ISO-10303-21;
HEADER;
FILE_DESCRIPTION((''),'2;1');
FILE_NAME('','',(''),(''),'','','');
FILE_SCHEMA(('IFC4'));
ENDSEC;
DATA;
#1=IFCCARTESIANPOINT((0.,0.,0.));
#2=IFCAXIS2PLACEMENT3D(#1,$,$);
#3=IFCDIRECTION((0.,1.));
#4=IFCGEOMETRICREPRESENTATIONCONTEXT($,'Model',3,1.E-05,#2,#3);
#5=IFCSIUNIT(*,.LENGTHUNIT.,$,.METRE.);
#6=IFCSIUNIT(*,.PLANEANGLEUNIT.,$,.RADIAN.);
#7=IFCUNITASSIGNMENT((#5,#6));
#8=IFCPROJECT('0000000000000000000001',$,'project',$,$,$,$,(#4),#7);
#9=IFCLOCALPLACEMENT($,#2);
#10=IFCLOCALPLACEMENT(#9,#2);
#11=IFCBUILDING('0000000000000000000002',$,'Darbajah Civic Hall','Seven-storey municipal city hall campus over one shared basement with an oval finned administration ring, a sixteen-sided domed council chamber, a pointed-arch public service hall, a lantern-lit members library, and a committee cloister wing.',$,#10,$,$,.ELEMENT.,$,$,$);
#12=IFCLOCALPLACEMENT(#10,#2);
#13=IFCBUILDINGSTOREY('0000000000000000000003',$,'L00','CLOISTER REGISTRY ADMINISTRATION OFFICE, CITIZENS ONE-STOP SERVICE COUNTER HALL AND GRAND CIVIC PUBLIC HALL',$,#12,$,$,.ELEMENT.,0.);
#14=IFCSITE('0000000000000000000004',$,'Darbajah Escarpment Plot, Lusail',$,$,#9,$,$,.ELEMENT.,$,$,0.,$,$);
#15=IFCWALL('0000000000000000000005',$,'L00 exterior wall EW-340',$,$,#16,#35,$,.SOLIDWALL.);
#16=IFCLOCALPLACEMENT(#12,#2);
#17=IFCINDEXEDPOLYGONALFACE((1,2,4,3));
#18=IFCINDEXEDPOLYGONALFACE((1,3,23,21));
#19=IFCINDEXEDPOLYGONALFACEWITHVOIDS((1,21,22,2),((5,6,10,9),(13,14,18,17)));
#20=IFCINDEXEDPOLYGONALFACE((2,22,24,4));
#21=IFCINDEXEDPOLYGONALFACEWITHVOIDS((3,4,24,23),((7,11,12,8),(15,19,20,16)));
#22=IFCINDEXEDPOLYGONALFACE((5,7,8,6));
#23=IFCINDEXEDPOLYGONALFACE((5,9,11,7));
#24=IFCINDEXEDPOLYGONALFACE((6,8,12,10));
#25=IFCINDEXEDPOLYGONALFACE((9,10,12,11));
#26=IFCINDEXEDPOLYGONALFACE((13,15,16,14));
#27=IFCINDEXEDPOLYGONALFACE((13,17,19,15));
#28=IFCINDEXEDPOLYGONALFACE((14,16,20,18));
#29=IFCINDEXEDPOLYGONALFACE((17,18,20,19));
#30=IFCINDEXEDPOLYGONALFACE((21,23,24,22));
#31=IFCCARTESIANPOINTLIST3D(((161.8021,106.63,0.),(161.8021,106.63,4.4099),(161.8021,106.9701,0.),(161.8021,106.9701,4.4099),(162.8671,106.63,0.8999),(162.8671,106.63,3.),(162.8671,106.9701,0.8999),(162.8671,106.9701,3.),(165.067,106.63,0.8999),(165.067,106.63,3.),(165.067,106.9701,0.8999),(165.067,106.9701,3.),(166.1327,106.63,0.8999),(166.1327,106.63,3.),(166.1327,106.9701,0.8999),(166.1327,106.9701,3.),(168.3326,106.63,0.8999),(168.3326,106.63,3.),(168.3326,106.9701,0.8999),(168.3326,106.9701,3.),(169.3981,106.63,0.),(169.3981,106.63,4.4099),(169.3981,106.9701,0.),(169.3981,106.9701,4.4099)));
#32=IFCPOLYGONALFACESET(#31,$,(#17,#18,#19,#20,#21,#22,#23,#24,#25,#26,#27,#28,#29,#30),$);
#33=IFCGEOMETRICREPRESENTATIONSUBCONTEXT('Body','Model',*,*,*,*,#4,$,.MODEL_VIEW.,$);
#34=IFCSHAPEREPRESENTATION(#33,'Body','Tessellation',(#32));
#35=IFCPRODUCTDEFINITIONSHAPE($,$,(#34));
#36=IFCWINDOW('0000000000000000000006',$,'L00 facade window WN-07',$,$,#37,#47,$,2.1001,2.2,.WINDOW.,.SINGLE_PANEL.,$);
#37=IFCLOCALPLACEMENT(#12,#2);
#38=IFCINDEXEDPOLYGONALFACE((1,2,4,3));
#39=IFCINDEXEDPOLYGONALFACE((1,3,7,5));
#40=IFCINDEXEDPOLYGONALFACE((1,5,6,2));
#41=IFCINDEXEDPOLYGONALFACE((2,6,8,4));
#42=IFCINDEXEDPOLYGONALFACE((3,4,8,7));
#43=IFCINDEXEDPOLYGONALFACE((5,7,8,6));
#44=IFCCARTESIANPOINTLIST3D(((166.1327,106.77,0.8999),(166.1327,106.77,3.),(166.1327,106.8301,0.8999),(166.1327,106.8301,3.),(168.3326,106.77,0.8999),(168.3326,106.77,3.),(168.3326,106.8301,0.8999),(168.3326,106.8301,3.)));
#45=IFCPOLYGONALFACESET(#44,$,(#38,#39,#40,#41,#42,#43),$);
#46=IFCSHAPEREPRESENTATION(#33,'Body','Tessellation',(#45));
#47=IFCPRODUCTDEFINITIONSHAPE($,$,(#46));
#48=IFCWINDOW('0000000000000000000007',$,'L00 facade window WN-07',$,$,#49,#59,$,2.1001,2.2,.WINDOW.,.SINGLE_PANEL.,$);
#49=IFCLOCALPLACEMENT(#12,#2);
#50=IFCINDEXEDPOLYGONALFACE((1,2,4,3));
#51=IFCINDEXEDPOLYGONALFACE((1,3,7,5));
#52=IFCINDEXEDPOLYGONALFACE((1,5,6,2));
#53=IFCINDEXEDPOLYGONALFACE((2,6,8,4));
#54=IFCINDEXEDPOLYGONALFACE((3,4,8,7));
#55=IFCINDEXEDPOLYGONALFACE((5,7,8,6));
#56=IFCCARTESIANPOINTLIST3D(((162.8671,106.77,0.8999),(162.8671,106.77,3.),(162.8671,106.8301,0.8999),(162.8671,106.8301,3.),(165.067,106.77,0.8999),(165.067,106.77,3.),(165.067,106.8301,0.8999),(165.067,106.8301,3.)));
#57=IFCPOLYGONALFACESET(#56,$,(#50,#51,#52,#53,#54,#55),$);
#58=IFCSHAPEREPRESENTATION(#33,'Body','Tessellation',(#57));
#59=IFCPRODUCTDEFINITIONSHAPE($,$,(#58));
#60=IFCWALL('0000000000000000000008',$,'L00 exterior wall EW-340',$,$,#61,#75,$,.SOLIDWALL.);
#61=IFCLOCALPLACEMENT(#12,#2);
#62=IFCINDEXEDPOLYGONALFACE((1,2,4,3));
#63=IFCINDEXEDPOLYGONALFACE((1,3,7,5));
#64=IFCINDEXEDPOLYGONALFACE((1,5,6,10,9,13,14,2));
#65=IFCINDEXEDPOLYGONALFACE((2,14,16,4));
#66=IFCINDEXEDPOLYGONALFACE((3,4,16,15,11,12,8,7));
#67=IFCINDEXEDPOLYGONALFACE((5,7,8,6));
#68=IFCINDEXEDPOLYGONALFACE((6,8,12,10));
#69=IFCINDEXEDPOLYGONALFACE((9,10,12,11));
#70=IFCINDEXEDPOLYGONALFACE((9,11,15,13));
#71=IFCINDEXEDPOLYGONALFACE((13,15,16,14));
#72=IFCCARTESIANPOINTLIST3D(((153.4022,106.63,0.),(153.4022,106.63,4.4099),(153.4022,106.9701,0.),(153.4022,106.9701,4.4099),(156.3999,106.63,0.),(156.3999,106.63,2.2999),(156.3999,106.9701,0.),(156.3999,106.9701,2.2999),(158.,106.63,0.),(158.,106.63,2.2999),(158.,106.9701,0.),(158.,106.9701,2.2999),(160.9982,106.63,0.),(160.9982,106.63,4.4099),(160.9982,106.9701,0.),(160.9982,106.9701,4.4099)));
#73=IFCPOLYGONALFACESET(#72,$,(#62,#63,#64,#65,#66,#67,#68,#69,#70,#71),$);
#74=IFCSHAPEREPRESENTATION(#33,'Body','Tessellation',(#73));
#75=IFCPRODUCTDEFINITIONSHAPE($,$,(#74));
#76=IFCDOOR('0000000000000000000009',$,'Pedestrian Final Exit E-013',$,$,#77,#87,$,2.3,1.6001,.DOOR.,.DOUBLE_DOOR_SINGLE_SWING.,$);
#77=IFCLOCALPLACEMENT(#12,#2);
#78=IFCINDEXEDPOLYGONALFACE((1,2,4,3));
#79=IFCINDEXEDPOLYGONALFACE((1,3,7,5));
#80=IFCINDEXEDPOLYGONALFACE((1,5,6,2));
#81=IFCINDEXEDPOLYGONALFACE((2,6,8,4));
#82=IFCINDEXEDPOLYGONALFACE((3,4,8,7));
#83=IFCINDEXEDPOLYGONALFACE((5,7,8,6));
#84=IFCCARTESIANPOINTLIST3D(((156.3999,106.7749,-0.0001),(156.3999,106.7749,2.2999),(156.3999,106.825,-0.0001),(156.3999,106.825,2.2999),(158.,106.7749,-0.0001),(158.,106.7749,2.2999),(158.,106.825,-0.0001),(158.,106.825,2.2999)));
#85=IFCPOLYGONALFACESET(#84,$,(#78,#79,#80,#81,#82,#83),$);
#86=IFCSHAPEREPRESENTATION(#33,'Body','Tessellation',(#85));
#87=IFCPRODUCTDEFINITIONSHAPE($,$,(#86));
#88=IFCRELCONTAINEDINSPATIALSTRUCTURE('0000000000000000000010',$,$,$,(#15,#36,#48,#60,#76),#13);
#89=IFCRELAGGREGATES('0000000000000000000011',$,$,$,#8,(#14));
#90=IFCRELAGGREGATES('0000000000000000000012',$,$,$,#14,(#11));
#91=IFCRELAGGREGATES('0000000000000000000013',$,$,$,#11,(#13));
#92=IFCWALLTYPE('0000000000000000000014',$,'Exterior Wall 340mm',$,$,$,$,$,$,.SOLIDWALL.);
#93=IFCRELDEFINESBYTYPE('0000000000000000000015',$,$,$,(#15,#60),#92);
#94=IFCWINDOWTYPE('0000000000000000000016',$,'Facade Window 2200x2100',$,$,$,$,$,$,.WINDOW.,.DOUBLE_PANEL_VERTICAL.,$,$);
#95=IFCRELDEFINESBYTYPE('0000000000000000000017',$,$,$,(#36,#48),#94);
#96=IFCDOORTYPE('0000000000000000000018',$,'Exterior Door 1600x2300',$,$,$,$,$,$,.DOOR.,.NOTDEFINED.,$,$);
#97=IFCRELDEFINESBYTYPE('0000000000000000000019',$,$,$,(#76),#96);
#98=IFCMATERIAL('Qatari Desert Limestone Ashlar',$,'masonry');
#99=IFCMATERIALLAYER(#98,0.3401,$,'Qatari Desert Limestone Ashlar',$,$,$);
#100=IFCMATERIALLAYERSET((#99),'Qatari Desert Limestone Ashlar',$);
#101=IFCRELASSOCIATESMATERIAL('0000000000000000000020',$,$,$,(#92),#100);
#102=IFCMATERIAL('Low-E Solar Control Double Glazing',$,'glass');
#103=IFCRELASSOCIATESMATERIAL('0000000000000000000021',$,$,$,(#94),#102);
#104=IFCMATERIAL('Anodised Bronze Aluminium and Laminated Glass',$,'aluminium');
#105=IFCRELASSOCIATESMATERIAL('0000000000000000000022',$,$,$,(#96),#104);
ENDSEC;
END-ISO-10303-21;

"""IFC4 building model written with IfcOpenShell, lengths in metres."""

from ifc_helpers import new_model, si_unit, direction, frame, frame_2d, origin, place, context, subcontext, project, spatial, rectangle, extrude, material, layer, layer_set, type_object, element, fill, save


model = new_model("IFC4")

# Units and contexts
model_context = context("Model", 3, precision=1e-05, world=origin(), true_north=direction((0.0, 1.0)))
body_context = subcontext(model_context, "Body", "Model", "MODEL_VIEW")
ifc_project = project(units=[si_unit("LENGTHUNIT", "METRE"), si_unit("PLANEANGLEUNIT", "RADIAN")], contexts=[model_context])

# Site, building, storey
site_placement = place(None, origin())
site = spatial("IfcSite", under=ifc_project, at=site_placement, Name="Darbajah Escarpment Plot, Lusail", CompositionType="ELEMENT", RefElevation=0.0)
building_placement = place(site_placement, origin())
building = spatial("IfcBuilding", under=site, at=building_placement, Name="Darbajah Civic Hall", Description="Seven-storey municipal city hall campus over one shared basement with an oval finned administration ring, a sixteen-sided domed council chamber, a pointed-arch public service hall, a lantern-lit members library, and a committee cloister wing.", CompositionType="ELEMENT")
storey_placement = place(building_placement, origin())
storey = spatial("IfcBuildingStorey", under=building, at=storey_placement, Name="L00", Description="CLOISTER REGISTRY ADMINISTRATION OFFICE, CITIZENS ONE-STOP SERVICE COUNTER HALL AND GRAND CIVIC PUBLIC HALL", CompositionType="ELEMENT", Elevation=0.0)

# Wall, openings, windows
ifc_material_1 = material(Name="Qatari Desert Limestone Ashlar", Category="masonry")
ifc_layer = layer(ifc_material_1, 0.3401, Name="Qatari Desert Limestone Ashlar")
ifc_layer_set = layer_set([ifc_layer], Name="Qatari Desert Limestone Ashlar")
wall_type = type_object("IfcWallType", Name="Exterior Wall 340mm", PredefinedType="SOLIDWALL", material=ifc_layer_set)
wall_1_placement = place(storey_placement, frame((169.3979, 106.8, 0.0), z_axis=(0.0, 0.0, 1.0), x_axis=(-1.0, 0.0, 0.0)))
wall_1 = element("IfcWall", 1, at=wall_1_placement, inside=storey, type_object=wall_type, Name="L00 exterior wall EW-340", PredefinedType="SOLIDWALL", context=body_context, shape_type="SweptSolid", body=[
    extrude(rectangle(XDim=7.5959, YDim=0.3401, at=frame_2d((3.7979, 0.0))), origin(), (0.0, 0.0, 1.0), 4.4099),
])
opening_1_placement = place(wall_1_placement, frame((1.0652, 0.0, 0.8999)))
opening_1 = element("IfcOpeningElement", 2, at=opening_1_placement, cuts=wall_1, PredefinedType="OPENING", context=body_context, shape_type="SweptSolid", body=[
    extrude(rectangle(XDim=2.2, YDim=2.1001, at=frame_2d((1.1001, 1.05))), frame((0.0, 0.1799, 0.0), z_axis=(0.0, -1.0, 0.0), x_axis=(1.0, 0.0, 0.0)), (0.0, 0.0, 1.0), 0.3601),
])
opening_2_placement = place(wall_1_placement, frame((4.3308, 0.0, 0.8999)))
opening_2 = element("IfcOpeningElement", 3, at=opening_2_placement, cuts=wall_1, PredefinedType="OPENING", context=body_context, shape_type="SweptSolid", body=[
    extrude(rectangle(XDim=2.2, YDim=2.1001, at=frame_2d((1.1001, 1.05))), frame((0.0, 0.1799, 0.0), z_axis=(0.0, -1.0, 0.0), x_axis=(1.0, 0.0, 0.0)), (0.0, 0.0, 1.0), 0.3601),
])
ifc_material_2 = material(Name="Low-E Solar Control Double Glazing", Category="glass")
window_type = type_object("IfcWindowType", Name="Facade Window 2200x2100", PartitioningType="DOUBLE_PANEL_VERTICAL", PredefinedType="WINDOW", material=ifc_material_2)
window_1_placement = place(opening_1_placement, origin())
window_1 = element("IfcWindow", 4, at=window_1_placement, inside=storey, type_object=window_type, Name="L00 facade window WN-07", OverallHeight=2.1001, OverallWidth=2.2, PartitioningType="SINGLE_PANEL", PredefinedType="WINDOW", context=body_context, shape_type="SweptSolid", body=[
    extrude(rectangle(XDim=2.2, YDim=2.1001, at=frame_2d((1.1001, 1.05))), frame((0.0, 0.03, 0.0), z_axis=(0.0, -1.0, 0.0), x_axis=(1.0, 0.0, 0.0)), (0.0, 0.0, 1.0), 0.0601),
])
fill(opening_1, window_1)
window_2_placement = place(opening_2_placement, origin())
window_2 = element("IfcWindow", 5, at=window_2_placement, inside=storey, type_object=window_type, Name="L00 facade window WN-07", OverallHeight=2.1001, OverallWidth=2.2, PartitioningType="SINGLE_PANEL", PredefinedType="WINDOW", context=body_context, shape_type="SweptSolid", body=[
    extrude(rectangle(XDim=2.2, YDim=2.1001, at=frame_2d((1.1001, 1.05))), frame((0.0, 0.03, 0.0), z_axis=(0.0, -1.0, 0.0), x_axis=(1.0, 0.0, 0.0)), (0.0, 0.0, 1.0), 0.0601),
])
fill(opening_2, window_2)

# Wall, opening, door
wall_2_placement = place(storey_placement, frame((160.998, 106.8, 0.0), z_axis=(0.0, 0.0, 1.0), x_axis=(-1.0, 0.0, 0.0)))
wall_2 = element("IfcWall", 6, at=wall_2_placement, inside=storey, type_object=wall_type, Name="L00 exterior wall EW-340", PredefinedType="SOLIDWALL", context=body_context, shape_type="SweptSolid", body=[
    extrude(rectangle(XDim=7.5959, YDim=0.3401, at=frame_2d((3.7979, 0.0))), origin(), (0.0, 0.0, 1.0), 4.4099),
])
opening_3_placement = place(wall_2_placement, frame((2.998, 0.0, 0.0)))
opening_3 = element("IfcOpeningElement", 7, at=opening_3_placement, cuts=wall_2, PredefinedType="OPENING", context=body_context, shape_type="SweptSolid", body=[
    extrude(rectangle(XDim=1.6001, YDim=2.3, at=frame_2d((0.8, 1.1499))), frame((0.0, 0.1799, 0.0), z_axis=(0.0, -1.0, 0.0), x_axis=(1.0, 0.0, 0.0)), (0.0, 0.0, 1.0), 0.3601),
])
ifc_material_3 = material(Name="Anodised Bronze Aluminium and Laminated Glass", Category="aluminium")
door_type = type_object("IfcDoorType", Name="Exterior Door 1600x2300", OperationType="NOTDEFINED", PredefinedType="DOOR", material=ifc_material_3)
door_placement = place(opening_3_placement, frame((1.6001, 0.0, 0.0), z_axis=(0.0, 0.0, 1.0), x_axis=(-1.0, 0.0, 0.0)))
door = element("IfcDoor", 8, at=door_placement, inside=storey, type_object=door_type, Name="Pedestrian Final Exit E-013", OperationType="DOUBLE_DOOR_SINGLE_SWING", OverallHeight=2.3, OverallWidth=1.6001, PredefinedType="DOOR", context=body_context, shape_type="SweptSolid", body=[
    extrude(rectangle(XDim=1.6001, YDim=2.3, at=frame_2d((0.8, 1.1499))), frame((0.0, 0.0249, 0.0), z_axis=(0.0, -1.0, 0.0), x_axis=(1.0, 0.0, 0.0)), (0.0, 0.0, 1.0), 0.05),
])
fill(opening_3, door)

save(model, "model.ifc")
